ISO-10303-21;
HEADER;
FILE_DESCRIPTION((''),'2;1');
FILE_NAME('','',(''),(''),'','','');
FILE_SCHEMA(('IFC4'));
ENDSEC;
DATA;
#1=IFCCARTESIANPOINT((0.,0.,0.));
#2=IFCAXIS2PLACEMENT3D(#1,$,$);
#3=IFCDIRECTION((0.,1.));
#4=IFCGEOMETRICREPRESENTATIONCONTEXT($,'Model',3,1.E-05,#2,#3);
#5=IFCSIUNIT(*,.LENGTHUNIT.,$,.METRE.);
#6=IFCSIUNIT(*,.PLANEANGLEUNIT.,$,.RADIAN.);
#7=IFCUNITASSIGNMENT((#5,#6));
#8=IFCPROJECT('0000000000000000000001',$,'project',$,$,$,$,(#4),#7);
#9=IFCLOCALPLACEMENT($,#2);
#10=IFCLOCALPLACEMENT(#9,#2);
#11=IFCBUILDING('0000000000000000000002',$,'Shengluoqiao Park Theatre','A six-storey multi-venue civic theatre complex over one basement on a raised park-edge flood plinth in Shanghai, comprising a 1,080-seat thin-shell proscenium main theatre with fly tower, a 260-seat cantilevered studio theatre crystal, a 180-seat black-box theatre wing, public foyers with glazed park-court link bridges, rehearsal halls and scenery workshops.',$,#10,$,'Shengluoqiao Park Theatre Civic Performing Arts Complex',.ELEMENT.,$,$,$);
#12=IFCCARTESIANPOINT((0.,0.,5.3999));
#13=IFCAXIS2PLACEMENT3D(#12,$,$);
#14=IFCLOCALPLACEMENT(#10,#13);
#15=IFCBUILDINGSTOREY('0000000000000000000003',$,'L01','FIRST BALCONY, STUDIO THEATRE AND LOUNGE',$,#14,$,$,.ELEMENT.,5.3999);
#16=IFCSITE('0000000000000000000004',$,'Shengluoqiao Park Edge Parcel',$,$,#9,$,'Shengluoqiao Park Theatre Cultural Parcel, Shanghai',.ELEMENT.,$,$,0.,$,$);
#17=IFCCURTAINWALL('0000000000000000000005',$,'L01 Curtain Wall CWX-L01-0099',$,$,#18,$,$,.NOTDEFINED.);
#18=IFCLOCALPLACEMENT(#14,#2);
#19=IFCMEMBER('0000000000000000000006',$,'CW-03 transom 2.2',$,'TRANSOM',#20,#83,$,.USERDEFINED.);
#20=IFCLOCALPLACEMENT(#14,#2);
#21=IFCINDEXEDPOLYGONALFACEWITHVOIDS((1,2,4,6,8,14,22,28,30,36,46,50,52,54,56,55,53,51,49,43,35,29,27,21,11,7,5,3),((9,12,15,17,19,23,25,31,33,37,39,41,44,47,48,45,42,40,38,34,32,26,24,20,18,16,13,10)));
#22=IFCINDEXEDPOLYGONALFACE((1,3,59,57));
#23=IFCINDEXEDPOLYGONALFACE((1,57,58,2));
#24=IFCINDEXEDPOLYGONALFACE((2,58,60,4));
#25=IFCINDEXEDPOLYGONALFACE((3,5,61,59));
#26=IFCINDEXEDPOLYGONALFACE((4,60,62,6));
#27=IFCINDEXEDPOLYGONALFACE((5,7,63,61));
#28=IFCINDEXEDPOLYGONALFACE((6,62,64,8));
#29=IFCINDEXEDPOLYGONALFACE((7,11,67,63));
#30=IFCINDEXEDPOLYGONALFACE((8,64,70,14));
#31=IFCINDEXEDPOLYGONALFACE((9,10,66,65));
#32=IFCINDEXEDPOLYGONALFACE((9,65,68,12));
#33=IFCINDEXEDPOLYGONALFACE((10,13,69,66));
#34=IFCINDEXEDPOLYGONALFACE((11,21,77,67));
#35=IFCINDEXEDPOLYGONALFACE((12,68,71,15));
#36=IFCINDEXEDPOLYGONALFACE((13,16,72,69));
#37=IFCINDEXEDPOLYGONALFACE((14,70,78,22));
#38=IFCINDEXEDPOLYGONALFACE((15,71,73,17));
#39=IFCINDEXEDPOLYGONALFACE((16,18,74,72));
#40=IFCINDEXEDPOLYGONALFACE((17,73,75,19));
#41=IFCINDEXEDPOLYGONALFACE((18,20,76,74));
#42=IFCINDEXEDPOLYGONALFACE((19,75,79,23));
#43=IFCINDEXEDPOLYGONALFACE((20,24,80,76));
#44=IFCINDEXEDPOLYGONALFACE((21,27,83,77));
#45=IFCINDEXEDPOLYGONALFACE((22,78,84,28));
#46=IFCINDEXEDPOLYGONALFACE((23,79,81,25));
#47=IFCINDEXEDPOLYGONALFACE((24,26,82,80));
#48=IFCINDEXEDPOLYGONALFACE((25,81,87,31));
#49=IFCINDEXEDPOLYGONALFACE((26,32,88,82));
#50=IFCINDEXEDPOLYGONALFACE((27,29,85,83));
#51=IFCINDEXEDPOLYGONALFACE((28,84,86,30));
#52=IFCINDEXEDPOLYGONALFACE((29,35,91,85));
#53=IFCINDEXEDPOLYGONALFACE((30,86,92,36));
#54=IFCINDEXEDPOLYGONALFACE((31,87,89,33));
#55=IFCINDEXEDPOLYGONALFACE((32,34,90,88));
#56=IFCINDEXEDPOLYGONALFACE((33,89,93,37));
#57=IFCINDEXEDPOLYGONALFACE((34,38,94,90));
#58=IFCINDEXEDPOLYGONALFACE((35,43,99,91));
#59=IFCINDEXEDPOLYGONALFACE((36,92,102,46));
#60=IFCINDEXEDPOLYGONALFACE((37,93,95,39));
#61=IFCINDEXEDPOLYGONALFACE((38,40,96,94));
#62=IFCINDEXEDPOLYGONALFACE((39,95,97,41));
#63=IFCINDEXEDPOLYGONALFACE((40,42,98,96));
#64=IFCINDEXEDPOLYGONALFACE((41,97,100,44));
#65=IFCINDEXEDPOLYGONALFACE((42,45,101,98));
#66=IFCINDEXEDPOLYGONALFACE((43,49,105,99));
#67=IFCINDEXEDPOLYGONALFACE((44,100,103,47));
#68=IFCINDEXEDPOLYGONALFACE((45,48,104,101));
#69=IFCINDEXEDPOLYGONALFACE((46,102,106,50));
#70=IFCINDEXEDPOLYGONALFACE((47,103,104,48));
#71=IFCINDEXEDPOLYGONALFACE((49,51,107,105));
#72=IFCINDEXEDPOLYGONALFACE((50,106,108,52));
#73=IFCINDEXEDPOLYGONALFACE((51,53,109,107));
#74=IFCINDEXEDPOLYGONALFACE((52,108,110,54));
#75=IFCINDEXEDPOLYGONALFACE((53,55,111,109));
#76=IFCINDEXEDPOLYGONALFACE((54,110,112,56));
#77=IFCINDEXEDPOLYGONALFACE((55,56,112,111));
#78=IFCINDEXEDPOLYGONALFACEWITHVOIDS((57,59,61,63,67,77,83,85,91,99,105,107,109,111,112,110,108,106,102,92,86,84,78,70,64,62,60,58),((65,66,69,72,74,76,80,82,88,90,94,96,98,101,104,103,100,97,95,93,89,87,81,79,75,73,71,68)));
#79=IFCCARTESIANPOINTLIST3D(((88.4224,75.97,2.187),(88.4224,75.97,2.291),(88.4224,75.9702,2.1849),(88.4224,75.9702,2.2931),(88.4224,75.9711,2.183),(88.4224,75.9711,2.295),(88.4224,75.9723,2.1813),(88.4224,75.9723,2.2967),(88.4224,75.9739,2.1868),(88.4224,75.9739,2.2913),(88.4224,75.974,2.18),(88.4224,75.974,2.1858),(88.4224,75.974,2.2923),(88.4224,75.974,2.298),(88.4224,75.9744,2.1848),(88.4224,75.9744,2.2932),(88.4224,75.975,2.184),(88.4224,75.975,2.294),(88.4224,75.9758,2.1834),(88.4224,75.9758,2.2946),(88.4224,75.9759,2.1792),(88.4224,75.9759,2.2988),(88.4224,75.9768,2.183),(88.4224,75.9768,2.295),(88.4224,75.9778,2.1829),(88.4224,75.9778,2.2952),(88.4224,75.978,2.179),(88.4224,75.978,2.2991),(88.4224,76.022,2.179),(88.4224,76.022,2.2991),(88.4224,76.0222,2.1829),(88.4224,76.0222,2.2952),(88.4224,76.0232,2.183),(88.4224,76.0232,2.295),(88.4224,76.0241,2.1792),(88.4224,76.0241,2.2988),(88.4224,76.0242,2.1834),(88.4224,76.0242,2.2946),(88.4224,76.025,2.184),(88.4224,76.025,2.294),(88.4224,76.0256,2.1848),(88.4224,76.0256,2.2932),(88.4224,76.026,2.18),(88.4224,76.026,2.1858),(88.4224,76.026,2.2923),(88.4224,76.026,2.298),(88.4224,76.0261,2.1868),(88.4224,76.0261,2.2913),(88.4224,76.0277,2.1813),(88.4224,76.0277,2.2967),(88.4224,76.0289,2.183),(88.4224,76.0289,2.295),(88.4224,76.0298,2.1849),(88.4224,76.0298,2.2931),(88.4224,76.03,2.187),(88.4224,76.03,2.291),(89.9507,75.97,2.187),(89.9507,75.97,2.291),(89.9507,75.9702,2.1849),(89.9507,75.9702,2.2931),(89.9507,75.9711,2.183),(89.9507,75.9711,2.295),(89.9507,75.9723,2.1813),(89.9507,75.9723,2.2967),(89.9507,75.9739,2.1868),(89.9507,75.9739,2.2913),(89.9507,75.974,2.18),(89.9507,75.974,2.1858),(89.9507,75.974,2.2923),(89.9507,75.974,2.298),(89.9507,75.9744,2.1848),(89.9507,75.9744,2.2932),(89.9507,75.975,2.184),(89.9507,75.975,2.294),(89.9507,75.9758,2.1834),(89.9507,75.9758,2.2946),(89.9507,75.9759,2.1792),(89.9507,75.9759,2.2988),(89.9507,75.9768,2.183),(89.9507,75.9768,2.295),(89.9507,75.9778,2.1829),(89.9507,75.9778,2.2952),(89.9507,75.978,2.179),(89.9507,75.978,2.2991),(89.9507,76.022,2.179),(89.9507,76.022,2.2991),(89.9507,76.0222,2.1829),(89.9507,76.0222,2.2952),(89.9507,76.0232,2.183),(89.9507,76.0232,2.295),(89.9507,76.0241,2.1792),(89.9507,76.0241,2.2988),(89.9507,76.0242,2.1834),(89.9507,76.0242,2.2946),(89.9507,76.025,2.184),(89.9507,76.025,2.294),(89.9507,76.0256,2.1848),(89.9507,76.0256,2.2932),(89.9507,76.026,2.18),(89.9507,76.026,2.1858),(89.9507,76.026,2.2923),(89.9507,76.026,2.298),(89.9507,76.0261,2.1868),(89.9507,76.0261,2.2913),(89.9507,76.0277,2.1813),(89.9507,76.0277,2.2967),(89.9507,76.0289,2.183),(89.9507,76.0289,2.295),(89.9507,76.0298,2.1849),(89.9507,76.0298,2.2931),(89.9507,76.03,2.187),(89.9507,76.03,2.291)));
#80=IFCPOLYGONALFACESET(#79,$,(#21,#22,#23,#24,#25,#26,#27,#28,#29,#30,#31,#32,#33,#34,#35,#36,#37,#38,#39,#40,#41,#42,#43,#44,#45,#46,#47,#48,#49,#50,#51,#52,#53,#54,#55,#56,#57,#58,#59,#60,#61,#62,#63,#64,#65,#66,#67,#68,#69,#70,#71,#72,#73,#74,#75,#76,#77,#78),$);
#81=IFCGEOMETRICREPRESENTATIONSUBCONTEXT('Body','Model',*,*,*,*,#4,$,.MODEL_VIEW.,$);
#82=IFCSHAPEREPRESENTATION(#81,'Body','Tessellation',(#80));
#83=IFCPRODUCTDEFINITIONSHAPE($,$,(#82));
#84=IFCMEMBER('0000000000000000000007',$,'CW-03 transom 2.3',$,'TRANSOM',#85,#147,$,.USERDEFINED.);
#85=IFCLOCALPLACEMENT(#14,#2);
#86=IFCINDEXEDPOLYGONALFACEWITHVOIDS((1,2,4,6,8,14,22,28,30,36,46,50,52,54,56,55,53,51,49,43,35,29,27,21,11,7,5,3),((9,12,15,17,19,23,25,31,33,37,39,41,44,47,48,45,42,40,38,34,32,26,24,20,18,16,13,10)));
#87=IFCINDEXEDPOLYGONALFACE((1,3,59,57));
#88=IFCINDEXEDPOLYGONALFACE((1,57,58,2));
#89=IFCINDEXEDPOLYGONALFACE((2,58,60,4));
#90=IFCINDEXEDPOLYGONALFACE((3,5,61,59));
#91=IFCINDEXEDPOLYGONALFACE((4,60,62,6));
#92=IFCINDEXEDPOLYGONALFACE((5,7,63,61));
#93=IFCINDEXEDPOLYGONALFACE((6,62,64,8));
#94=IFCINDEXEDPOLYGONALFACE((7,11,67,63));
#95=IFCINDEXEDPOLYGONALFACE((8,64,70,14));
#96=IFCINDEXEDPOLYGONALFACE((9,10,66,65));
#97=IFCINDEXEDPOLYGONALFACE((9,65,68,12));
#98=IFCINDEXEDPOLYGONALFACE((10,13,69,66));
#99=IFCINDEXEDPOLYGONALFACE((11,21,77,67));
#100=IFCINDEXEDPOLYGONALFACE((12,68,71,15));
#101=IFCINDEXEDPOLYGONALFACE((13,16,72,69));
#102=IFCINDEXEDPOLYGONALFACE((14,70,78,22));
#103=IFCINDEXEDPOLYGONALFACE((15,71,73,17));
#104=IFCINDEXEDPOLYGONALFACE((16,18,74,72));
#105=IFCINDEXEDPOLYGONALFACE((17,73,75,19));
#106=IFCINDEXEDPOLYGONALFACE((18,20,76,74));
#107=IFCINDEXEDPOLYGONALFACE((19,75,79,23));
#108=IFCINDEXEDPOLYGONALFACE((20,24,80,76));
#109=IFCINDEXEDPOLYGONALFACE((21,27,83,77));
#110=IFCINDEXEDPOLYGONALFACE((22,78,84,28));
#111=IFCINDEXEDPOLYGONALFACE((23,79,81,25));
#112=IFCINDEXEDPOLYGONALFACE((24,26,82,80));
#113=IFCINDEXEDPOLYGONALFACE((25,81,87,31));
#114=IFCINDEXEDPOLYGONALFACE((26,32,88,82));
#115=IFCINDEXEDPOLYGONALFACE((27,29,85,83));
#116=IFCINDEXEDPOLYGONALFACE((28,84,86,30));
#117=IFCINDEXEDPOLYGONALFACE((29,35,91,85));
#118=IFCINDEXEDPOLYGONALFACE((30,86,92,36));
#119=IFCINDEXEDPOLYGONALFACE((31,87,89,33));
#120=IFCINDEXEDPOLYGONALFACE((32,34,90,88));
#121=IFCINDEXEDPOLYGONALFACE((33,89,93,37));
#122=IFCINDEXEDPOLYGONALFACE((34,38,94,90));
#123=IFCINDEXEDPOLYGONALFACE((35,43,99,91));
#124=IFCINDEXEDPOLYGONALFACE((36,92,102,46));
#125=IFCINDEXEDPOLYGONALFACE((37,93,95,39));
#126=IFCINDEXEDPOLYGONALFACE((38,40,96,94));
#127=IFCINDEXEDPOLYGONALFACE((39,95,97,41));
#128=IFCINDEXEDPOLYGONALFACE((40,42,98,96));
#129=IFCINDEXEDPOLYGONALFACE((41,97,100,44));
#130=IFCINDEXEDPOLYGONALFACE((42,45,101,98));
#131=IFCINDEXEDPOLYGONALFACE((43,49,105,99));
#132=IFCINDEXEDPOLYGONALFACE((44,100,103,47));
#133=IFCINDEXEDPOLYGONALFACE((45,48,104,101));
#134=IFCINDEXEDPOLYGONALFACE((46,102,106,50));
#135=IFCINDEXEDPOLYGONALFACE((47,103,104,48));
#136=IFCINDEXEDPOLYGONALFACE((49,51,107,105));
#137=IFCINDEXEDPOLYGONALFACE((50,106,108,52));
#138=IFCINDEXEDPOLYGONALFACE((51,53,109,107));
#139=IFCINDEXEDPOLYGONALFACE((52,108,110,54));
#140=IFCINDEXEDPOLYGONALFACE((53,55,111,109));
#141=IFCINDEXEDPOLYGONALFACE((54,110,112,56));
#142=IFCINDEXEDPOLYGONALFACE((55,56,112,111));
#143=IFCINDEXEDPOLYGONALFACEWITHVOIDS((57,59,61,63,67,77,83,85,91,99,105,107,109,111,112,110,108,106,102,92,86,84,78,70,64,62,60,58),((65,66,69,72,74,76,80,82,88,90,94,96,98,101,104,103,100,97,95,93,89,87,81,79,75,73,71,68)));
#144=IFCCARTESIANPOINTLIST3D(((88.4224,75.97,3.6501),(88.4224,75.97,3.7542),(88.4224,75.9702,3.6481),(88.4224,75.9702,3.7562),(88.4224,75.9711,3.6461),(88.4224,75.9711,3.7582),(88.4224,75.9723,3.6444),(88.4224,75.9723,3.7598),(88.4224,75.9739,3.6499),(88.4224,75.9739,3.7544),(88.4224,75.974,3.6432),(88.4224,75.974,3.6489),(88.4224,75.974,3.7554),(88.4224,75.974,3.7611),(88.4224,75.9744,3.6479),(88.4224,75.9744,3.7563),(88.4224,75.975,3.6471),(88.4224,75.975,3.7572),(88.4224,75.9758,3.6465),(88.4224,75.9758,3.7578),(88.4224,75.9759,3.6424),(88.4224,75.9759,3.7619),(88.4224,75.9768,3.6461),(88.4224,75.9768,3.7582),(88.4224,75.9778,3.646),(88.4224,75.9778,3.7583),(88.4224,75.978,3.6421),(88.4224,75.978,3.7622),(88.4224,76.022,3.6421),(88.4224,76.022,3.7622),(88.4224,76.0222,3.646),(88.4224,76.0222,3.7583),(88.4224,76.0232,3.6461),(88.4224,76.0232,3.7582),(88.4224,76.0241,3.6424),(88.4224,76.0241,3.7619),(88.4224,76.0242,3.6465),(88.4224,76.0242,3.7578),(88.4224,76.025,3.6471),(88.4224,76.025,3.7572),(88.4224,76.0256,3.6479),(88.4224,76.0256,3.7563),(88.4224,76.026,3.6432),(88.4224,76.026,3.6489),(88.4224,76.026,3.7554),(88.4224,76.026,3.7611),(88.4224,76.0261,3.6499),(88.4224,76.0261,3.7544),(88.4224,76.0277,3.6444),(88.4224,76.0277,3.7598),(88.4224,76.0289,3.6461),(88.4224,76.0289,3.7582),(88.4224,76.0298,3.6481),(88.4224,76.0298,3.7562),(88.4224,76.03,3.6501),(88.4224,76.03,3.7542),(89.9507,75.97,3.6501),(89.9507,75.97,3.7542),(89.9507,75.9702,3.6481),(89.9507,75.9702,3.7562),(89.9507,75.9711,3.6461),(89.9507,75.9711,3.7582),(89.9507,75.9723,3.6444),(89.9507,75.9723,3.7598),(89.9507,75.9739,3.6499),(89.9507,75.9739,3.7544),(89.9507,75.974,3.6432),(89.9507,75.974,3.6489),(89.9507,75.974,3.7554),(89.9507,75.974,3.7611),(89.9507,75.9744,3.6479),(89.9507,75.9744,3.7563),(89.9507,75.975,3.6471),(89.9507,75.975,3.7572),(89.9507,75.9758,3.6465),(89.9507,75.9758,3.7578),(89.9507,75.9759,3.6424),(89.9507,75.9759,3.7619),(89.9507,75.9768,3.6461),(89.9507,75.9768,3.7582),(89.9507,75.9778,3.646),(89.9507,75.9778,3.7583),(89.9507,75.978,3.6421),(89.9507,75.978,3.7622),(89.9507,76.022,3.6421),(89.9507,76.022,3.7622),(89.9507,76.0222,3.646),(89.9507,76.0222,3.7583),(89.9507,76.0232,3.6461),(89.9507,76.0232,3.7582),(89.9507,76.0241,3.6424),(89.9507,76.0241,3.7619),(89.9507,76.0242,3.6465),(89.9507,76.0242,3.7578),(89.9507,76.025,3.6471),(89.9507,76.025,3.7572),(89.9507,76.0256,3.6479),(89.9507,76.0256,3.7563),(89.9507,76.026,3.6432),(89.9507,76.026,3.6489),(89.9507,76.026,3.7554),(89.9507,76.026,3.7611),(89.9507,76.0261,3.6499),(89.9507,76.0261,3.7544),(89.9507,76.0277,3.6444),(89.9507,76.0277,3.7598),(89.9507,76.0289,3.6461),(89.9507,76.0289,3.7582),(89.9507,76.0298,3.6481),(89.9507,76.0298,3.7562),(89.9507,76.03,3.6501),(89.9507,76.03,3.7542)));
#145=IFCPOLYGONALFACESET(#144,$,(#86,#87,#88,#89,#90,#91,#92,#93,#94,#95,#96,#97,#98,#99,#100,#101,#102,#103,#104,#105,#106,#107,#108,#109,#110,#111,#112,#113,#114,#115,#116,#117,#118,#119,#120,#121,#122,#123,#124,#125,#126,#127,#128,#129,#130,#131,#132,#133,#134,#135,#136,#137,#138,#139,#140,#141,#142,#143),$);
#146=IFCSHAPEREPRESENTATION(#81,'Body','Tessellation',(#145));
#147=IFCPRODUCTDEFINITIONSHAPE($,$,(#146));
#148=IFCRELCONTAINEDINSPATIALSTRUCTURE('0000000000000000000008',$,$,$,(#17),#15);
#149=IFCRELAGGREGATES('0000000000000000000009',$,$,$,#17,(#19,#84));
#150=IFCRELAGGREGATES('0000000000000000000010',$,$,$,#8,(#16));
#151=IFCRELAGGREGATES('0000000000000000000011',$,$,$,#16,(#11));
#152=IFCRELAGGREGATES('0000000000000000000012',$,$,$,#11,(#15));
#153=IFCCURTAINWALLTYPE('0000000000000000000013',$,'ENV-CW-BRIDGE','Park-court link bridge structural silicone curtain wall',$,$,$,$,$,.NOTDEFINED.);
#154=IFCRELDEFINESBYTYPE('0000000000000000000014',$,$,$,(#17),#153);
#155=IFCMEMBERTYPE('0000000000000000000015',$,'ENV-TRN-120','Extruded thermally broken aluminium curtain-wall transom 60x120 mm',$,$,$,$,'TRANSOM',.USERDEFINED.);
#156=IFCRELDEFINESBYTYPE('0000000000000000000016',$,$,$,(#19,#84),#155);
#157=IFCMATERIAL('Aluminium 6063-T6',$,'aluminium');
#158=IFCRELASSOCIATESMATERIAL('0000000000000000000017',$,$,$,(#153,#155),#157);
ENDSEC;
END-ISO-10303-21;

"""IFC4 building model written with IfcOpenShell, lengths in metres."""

from ifc_helpers import new_model, si_unit, direction, frame, origin, origin_2d, place, context, subcontext, project, spatial, hollow_rectangle, extrude, material, material_profile, profile_set, type_object, element, aggregate, save


model = new_model("IFC4")

# Units and contexts
model_context = context("Model", 3, precision=1e-05, world=origin(), true_north=direction((0.0, 1.0)))
body_context = subcontext(model_context, "Body", "Model", "MODEL_VIEW")
ifc_project = project(units=[si_unit("LENGTHUNIT", "METRE"), si_unit("PLANEANGLEUNIT", "RADIAN")], contexts=[model_context])

# Site, building, storey
site_placement = place(None, origin())
site = spatial("IfcSite", under=ifc_project, at=site_placement, Name="Shengluoqiao Park Edge Parcel", LongName="Shengluoqiao Park Theatre Cultural Parcel, Shanghai", CompositionType="ELEMENT", RefElevation=0.0)
building_placement = place(site_placement, origin())
building = spatial("IfcBuilding", under=site, at=building_placement, Name="Shengluoqiao Park Theatre", Description="A six-storey multi-venue civic theatre complex over one basement on a raised park-edge flood plinth in Shanghai, comprising a 1,080-seat thin-shell proscenium main theatre with fly tower, a 260-seat cantilevered studio theatre crystal, a 180-seat black-box theatre wing, public foyers with glazed park-court link bridges, rehearsal halls and scenery workshops.", LongName="Shengluoqiao Park Theatre Civic Performing Arts Complex", CompositionType="ELEMENT")
storey_placement = place(building_placement, frame((0.0, 0.0, 5.3999)))
storey = spatial("IfcBuildingStorey", under=building, at=storey_placement, Name="L01", Description="FIRST BALCONY, STUDIO THEATRE AND LOUNGE", CompositionType="ELEMENT", Elevation=5.3999)

# Curtain wall, members
ifc_material_1 = material(Name="Aluminium 6063-T6", Category="aluminium")
curtain_wall_type = type_object("IfcCurtainWallType", Name="ENV-CW-BRIDGE", Description="Park-court link bridge structural silicone curtain wall", PredefinedType="NOTDEFINED", material=ifc_material_1)
curtain_wall_placement = place(storey_placement, origin())
curtain_wall = element("IfcCurtainWall", 1, at=curtain_wall_placement, inside=storey, type_object=curtain_wall_type, Name="L01 Curtain Wall CWX-L01-0099", PredefinedType="NOTDEFINED")
ifc_material_profile_1 = material_profile(ifc_material_1, hollow_rectangle(XDim=0.0601, YDim=0.1201, WallThickness=0.0039, InnerFilletRadius=0.0039, OuterFilletRadius=0.0081, at=origin_2d()), Name="ALU TRANSOM 120x60x4")
ifc_profile_set_1 = profile_set([ifc_material_profile_1], Name="Aluminium 6063-T6")
member_type_1 = type_object("IfcMemberType", Name="ENV-TRN-120", Description="Extruded thermally broken aluminium curtain-wall transom 60x120 mm", ElementType="TRANSOM", PredefinedType="USERDEFINED", material=ifc_profile_set_1)
member_1_placement = place(storey_placement, frame((88.4224, 76.0, 2.239), z_axis=(1.0, 0.0, 0.0), x_axis=(0.0, 1.0, 0.0)))
member_1 = element("IfcMember", 2, at=member_1_placement, type_object=member_type_1, Name="CW-03 transom 2.2", ObjectType="TRANSOM", PredefinedType="USERDEFINED", context=body_context, shape_type="SweptSolid", body=[
    extrude(hollow_rectangle(XDim=0.0601, YDim=0.1201, WallThickness=0.0039, InnerFilletRadius=0.0039, OuterFilletRadius=0.0081, at=origin_2d()), origin(), (0.0, 0.0, 1.0), 1.5283),
])
member_2_placement = place(storey_placement, frame((88.4224, 76.0, 3.7021), z_axis=(1.0, 0.0, 0.0), x_axis=(0.0, 1.0, 0.0)))
member_2 = element("IfcMember", 3, at=member_2_placement, type_object=member_type_1, Name="CW-03 transom 2.3", ObjectType="TRANSOM", PredefinedType="USERDEFINED", context=body_context, shape_type="SweptSolid", body=[
    extrude(hollow_rectangle(XDim=0.0601, YDim=0.1201, WallThickness=0.0039, InnerFilletRadius=0.0039, OuterFilletRadius=0.0081, at=origin_2d()), origin(), (0.0, 0.0, 1.0), 1.5283),
])

aggregate(curtain_wall, [member_1, member_2])

save(model, "model.ifc")
